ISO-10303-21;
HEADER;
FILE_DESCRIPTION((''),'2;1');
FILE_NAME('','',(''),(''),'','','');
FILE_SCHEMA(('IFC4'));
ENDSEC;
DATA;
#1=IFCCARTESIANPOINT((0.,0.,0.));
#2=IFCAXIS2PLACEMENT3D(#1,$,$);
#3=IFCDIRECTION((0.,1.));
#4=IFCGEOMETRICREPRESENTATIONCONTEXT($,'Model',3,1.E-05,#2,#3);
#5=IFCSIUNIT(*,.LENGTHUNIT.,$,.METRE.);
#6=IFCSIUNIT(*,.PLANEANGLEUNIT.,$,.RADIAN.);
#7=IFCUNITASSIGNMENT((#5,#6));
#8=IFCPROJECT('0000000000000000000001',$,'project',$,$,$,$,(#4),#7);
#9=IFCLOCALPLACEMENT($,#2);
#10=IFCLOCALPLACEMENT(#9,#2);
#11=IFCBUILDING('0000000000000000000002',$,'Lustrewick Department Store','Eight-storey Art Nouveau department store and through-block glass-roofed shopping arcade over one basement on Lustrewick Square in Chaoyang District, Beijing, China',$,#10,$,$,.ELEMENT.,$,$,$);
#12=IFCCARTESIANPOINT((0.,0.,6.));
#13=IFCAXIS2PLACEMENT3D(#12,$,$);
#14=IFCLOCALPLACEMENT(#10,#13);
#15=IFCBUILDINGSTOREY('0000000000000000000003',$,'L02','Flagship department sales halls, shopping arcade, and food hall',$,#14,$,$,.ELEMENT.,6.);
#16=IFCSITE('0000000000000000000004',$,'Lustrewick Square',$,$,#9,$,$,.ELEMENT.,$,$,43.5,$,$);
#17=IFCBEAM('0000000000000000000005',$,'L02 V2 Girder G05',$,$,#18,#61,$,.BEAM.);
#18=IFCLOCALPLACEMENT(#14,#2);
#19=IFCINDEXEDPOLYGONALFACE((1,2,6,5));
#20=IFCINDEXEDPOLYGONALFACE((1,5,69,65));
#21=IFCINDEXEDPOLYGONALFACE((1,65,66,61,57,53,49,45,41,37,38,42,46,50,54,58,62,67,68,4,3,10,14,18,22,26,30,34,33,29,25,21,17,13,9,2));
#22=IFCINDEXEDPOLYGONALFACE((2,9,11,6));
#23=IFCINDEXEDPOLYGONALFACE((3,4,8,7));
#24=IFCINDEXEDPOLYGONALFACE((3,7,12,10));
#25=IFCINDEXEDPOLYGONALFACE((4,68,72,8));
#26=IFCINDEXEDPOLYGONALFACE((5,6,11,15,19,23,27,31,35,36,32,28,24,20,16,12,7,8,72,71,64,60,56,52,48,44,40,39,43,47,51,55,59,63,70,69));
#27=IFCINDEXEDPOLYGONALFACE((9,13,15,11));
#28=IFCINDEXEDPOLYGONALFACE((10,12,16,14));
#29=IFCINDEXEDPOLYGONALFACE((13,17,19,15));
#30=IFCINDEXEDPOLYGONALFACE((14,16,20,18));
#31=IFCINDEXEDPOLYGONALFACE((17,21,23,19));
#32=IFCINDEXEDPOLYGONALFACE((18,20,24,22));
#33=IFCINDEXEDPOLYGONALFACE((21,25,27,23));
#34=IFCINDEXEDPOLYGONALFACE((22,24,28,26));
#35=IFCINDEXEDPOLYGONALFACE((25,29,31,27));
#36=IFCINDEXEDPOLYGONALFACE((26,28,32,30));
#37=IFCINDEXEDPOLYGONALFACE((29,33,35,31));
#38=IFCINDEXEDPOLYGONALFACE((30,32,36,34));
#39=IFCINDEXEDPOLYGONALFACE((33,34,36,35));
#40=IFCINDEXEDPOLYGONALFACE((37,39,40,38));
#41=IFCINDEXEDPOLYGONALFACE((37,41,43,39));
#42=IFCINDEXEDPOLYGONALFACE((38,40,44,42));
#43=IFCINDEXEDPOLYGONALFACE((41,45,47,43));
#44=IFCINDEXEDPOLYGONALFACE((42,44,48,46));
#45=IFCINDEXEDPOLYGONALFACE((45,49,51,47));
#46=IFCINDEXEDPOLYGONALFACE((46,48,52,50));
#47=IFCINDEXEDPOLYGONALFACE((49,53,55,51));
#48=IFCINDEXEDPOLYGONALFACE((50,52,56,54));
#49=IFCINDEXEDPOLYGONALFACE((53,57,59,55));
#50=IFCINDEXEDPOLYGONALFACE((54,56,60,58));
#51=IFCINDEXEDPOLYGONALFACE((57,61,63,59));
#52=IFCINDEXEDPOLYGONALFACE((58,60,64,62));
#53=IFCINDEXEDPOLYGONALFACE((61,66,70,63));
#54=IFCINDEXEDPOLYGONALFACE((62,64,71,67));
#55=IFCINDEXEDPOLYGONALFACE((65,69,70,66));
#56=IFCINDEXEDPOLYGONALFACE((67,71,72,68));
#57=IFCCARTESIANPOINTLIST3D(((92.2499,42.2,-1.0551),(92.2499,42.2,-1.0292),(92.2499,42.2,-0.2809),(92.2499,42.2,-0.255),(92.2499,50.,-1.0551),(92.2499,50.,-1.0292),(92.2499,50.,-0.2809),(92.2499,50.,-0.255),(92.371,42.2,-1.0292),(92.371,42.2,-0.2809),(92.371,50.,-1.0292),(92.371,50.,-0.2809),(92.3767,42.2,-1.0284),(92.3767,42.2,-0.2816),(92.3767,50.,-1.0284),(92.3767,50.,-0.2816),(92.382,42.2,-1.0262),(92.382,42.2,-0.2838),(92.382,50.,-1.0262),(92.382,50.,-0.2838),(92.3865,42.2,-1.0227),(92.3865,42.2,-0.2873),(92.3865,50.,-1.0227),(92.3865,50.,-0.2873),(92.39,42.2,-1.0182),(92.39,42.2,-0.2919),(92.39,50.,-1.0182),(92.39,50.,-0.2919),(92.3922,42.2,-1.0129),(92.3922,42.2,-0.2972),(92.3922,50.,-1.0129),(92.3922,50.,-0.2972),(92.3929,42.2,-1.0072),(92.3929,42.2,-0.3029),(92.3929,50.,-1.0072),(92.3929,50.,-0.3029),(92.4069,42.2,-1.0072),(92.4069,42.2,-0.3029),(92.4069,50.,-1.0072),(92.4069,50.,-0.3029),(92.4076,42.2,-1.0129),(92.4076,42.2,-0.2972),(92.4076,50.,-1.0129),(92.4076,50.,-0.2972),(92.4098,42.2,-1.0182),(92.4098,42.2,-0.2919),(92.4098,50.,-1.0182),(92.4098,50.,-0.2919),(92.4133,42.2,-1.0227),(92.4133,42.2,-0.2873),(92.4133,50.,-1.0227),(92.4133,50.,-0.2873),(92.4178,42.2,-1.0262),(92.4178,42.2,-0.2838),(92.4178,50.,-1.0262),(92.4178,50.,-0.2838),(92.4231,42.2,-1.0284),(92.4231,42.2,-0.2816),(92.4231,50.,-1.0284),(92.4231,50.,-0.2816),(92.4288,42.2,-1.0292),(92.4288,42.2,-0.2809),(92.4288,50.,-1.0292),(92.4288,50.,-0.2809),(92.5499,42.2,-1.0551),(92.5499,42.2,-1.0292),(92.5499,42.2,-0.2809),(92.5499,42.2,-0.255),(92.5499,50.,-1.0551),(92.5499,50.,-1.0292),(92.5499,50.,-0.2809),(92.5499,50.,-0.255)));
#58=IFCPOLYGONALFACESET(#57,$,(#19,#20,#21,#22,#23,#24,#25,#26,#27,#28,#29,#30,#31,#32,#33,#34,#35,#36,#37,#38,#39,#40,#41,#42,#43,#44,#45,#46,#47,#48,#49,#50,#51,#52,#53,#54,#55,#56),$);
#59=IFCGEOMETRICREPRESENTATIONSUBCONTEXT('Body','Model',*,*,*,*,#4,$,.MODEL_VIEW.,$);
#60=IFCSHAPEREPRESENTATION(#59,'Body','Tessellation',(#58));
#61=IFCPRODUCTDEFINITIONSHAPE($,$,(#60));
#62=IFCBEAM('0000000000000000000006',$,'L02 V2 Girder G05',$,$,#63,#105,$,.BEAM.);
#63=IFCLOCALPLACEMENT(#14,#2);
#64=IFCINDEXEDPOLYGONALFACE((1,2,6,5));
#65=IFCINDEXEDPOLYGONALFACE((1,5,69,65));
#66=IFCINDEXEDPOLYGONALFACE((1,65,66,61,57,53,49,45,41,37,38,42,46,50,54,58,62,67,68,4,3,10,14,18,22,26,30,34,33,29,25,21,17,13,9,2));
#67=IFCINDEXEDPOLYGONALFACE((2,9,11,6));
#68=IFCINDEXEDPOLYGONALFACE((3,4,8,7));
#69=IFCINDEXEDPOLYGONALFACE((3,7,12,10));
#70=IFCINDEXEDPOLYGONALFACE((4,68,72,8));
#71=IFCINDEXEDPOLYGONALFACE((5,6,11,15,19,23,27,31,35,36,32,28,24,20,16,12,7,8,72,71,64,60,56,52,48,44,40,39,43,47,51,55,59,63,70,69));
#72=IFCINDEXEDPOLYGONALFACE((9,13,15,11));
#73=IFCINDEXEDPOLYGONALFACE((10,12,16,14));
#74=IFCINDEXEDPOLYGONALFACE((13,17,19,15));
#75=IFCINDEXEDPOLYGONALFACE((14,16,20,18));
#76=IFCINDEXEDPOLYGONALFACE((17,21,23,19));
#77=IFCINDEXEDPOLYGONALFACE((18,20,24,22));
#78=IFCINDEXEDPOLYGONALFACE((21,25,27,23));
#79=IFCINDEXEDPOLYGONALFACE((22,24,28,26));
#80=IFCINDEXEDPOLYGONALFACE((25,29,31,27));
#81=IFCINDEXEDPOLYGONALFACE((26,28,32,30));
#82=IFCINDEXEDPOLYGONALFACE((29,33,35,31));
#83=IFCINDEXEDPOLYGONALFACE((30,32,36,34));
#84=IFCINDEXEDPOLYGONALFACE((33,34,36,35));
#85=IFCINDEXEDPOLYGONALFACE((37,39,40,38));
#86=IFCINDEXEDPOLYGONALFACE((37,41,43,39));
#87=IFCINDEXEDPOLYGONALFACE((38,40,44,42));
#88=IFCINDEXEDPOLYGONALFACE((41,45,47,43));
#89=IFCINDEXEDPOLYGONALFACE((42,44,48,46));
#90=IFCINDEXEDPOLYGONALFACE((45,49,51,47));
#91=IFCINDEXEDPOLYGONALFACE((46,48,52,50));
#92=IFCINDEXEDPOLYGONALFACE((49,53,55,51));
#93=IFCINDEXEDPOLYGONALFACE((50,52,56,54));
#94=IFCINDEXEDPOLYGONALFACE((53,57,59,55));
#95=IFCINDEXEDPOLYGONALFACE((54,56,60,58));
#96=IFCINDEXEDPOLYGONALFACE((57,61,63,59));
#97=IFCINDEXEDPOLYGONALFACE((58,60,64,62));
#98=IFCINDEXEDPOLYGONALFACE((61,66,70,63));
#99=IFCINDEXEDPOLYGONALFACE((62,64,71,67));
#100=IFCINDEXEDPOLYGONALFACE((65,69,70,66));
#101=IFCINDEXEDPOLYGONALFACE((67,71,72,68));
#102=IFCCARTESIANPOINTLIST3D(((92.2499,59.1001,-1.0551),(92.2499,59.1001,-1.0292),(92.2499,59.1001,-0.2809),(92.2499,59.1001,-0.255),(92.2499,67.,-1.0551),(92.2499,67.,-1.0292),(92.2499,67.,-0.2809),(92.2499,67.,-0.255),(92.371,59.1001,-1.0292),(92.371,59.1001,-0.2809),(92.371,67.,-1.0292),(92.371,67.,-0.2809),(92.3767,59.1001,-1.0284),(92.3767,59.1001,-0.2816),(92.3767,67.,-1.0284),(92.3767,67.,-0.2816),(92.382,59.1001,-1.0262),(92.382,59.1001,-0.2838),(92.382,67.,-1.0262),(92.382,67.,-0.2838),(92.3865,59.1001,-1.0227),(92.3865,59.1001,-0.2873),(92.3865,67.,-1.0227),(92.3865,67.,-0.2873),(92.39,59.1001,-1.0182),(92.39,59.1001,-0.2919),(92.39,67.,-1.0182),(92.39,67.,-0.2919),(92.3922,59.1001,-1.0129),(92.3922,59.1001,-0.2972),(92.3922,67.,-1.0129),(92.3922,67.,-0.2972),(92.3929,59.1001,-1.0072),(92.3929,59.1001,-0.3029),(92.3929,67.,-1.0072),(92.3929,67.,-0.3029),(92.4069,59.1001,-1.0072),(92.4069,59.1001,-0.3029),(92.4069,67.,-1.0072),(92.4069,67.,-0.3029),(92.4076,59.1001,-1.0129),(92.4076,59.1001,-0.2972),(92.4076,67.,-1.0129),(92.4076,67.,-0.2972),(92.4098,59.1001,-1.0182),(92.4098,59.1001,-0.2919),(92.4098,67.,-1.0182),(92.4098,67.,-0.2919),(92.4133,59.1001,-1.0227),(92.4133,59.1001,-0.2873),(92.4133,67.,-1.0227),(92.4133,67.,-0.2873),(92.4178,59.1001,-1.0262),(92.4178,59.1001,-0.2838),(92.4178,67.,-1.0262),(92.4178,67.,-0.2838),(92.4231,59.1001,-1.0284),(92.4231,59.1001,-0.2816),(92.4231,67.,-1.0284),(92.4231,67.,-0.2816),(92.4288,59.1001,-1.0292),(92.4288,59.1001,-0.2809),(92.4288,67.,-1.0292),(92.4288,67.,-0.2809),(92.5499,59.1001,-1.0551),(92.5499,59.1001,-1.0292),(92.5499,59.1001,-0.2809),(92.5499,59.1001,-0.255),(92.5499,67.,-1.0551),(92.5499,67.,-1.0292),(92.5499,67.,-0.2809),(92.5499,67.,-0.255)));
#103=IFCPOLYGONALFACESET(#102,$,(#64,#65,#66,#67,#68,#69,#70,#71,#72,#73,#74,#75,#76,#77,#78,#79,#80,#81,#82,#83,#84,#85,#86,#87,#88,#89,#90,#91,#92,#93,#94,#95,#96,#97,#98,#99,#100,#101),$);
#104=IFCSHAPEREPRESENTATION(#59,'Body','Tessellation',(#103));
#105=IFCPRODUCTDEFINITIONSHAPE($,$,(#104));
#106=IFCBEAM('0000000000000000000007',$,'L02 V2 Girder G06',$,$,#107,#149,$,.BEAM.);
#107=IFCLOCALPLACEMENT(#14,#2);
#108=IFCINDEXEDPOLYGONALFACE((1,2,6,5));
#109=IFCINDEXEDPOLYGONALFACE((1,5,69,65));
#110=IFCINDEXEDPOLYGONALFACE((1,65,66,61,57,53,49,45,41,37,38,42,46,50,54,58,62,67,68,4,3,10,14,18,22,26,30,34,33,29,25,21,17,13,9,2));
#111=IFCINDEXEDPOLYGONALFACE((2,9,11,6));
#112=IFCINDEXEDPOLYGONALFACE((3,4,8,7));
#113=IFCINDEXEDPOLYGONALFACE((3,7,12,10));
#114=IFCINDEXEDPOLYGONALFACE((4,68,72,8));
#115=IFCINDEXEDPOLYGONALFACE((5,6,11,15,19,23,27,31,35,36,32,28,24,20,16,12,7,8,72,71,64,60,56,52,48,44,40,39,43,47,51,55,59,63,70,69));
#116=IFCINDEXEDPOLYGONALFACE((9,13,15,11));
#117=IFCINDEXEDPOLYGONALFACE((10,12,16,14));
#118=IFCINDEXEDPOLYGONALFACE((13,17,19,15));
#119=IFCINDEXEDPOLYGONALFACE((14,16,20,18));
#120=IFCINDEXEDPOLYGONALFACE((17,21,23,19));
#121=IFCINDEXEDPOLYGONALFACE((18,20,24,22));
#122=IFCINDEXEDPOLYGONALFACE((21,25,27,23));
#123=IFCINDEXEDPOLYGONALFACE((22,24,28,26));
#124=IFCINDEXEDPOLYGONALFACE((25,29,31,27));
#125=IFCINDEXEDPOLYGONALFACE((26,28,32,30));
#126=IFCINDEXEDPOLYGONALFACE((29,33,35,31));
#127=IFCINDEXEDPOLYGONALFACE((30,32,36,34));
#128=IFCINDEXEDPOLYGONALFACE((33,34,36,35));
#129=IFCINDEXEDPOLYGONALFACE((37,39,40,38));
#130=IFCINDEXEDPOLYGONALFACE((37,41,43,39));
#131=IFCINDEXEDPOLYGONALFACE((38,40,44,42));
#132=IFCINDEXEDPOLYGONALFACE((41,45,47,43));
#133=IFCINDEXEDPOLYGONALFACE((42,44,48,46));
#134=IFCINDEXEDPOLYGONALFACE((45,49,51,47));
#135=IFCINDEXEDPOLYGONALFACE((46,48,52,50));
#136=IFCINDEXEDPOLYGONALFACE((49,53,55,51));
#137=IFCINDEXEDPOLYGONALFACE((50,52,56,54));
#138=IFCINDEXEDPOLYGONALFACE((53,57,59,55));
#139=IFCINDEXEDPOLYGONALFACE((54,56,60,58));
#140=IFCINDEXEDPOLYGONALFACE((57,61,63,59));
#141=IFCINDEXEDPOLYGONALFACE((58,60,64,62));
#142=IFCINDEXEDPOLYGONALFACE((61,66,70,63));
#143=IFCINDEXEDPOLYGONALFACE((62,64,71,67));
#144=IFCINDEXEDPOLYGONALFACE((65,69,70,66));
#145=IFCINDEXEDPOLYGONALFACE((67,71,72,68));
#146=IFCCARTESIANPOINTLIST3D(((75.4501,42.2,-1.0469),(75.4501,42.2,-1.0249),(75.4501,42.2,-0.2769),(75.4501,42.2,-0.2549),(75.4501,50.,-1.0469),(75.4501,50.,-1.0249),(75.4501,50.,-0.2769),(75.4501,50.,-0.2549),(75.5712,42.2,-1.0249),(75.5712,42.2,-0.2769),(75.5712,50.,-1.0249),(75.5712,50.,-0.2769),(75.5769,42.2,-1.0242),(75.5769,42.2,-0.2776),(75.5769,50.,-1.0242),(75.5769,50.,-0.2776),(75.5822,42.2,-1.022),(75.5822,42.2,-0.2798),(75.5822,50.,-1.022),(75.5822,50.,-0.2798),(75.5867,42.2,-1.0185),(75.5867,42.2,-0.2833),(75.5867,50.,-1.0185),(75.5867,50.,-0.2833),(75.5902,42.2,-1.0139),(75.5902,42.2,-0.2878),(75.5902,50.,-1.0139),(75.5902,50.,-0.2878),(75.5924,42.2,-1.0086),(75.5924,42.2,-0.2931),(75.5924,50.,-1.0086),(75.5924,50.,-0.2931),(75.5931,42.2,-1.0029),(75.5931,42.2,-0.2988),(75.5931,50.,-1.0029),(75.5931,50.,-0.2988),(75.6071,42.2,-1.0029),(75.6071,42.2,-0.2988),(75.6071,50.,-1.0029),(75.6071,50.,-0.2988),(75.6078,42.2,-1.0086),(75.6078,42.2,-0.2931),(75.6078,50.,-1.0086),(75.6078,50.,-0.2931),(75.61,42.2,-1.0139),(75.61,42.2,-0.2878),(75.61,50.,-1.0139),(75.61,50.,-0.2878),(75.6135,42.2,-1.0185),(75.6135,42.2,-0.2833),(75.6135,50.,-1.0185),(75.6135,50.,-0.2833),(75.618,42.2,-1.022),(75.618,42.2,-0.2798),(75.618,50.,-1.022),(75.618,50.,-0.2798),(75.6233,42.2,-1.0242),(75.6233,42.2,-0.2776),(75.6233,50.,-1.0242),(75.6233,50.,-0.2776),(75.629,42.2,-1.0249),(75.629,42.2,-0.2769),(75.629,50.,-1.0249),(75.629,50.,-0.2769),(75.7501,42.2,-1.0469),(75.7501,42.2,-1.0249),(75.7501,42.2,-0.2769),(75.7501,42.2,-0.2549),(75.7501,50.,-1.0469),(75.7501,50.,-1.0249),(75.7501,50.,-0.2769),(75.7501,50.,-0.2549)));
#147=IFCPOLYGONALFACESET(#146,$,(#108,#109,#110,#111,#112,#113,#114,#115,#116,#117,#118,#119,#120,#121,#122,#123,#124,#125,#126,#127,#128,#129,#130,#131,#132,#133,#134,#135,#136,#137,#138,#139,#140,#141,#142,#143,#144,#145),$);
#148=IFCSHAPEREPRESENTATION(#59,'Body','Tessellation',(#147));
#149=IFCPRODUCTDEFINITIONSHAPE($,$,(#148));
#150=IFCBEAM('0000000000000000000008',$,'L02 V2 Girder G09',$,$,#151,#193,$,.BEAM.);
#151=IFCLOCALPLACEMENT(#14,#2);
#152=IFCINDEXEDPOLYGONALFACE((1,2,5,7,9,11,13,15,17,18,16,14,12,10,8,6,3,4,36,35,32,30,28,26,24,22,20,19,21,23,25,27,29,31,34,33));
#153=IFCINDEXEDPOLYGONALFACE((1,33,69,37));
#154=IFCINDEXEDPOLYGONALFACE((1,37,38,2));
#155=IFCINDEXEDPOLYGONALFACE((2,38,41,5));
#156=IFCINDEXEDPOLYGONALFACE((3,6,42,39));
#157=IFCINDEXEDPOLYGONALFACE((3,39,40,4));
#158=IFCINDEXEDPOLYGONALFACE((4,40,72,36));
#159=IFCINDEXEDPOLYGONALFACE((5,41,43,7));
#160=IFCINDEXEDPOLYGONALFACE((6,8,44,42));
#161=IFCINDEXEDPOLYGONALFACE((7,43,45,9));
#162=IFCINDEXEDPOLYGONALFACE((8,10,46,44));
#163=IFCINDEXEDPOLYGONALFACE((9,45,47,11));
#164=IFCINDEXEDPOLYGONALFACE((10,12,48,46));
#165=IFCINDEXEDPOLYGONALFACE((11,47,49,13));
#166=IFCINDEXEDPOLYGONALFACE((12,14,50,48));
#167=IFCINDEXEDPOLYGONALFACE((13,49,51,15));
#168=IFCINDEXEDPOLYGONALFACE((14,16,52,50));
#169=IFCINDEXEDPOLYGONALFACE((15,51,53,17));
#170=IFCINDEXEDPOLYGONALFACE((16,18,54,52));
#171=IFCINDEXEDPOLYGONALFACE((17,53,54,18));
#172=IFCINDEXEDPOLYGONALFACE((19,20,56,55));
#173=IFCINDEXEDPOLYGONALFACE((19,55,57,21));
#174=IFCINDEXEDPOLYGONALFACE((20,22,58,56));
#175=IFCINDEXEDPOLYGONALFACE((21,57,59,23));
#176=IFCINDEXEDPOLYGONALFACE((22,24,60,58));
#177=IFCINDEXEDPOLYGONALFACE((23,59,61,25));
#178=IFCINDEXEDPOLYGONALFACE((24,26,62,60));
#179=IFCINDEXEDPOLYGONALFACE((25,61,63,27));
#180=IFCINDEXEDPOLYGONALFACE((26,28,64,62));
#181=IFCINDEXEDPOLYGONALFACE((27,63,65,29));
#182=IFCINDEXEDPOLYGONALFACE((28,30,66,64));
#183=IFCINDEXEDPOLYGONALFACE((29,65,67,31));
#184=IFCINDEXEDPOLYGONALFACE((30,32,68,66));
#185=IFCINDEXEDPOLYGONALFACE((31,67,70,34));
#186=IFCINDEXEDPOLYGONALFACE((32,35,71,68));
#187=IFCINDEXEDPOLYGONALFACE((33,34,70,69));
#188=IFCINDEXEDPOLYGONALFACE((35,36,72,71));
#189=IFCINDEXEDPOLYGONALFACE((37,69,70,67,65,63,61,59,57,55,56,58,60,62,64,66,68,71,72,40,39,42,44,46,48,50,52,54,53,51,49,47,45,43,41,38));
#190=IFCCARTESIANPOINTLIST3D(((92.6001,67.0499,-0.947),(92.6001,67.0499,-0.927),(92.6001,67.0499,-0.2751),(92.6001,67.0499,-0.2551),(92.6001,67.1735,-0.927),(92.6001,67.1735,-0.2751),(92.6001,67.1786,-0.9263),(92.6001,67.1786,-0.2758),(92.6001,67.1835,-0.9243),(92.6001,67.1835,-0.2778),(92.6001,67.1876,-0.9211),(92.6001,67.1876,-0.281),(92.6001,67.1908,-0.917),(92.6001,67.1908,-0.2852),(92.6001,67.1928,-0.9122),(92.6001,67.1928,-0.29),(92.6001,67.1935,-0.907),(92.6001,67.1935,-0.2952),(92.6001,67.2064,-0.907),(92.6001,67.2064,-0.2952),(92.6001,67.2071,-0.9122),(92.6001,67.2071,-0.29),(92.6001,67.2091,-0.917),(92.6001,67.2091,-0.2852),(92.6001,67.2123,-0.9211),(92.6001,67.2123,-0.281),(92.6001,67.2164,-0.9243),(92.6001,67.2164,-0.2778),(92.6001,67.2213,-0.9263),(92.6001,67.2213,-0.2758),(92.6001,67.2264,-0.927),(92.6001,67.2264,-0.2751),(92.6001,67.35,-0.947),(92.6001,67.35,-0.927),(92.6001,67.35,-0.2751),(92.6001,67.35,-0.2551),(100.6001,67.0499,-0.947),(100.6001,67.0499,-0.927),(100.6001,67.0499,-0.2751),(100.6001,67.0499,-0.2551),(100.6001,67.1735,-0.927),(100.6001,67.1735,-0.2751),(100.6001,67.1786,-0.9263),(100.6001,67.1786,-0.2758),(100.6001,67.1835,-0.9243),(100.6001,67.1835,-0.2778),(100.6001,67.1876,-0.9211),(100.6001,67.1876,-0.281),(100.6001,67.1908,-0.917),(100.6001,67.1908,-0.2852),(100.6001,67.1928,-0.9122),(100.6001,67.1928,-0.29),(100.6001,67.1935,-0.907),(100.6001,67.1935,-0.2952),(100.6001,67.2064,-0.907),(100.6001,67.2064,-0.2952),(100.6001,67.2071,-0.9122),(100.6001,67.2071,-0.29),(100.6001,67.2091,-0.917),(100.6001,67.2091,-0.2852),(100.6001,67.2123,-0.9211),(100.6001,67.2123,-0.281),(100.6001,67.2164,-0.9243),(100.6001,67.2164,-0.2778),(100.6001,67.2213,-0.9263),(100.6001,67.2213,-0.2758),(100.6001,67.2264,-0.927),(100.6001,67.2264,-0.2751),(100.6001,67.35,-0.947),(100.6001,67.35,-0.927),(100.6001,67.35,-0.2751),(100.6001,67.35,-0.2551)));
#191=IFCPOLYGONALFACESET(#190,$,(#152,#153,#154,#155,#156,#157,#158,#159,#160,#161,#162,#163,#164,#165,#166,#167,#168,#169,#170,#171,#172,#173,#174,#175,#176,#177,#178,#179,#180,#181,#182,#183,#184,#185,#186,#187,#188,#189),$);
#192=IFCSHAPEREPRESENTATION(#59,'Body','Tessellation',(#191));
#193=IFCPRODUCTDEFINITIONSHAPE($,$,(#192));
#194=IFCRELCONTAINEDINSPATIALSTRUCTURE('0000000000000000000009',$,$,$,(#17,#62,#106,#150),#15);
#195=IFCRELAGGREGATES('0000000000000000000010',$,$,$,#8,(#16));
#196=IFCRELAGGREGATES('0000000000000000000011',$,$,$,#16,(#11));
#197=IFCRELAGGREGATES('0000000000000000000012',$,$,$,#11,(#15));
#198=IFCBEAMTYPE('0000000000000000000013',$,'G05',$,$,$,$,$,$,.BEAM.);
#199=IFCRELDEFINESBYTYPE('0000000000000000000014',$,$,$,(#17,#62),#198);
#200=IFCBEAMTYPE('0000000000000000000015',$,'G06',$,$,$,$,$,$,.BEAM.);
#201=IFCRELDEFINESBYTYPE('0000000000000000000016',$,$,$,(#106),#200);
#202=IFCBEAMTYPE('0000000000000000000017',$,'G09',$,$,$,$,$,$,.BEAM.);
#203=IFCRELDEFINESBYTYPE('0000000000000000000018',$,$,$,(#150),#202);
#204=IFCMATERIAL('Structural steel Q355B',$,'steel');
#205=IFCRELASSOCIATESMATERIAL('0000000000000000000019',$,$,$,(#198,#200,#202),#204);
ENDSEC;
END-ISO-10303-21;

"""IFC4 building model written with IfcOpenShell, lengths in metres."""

from ifc_helpers import new_model, si_unit, direction, frame, origin, origin_2d, place, context, subcontext, project, spatial, i_section, extrude, material, material_profile, profile_set, type_object, element, save


model = new_model("IFC4")

# Units and contexts
model_context = context("Model", 3, precision=1e-05, world=origin(), true_north=direction((0.0, 1.0)))
body_context = subcontext(model_context, "Body", "Model", "MODEL_VIEW")
ifc_project = project(units=[si_unit("LENGTHUNIT", "METRE"), si_unit("PLANEANGLEUNIT", "RADIAN")], contexts=[model_context])

# Site, building, storey
site_placement = place(None, origin())
site = spatial("IfcSite", under=ifc_project, at=site_placement, Name="Lustrewick Square", CompositionType="ELEMENT", RefElevation=43.5)
building_placement = place(site_placement, origin())
building = spatial("IfcBuilding", under=site, at=building_placement, Name="Lustrewick Department Store", Description="Eight-storey Art Nouveau department store and through-block glass-roofed shopping arcade over one basement on Lustrewick Square in Chaoyang District, Beijing, China", CompositionType="ELEMENT")
storey_placement = place(building_placement, frame((0.0, 0.0, 6.0)))
storey = spatial("IfcBuildingStorey", under=building, at=storey_placement, Name="L02", Description="Flagship department sales halls, shopping arcade, and food hall", CompositionType="ELEMENT", Elevation=6.0)

# Beams
ifc_material_1 = material(Name="Structural steel Q355B", Category="steel")
ifc_material_profile_1 = material_profile(ifc_material_1, i_section(OverallWidth=0.3, OverallDepth=0.8, WebThickness=0.0139, FlangeThickness=0.0259, FilletRadius=0.022, at=origin_2d()), Name="HN 800x300x14x26")
ifc_profile_set_1 = profile_set([ifc_material_profile_1], Name="Structural steel Q355B")
beam_type_1 = type_object("IfcBeamType", Name="G05", PredefinedType="BEAM", material=ifc_profile_set_1)
beam_1_placement = place(storey_placement, frame((92.3999, 42.2, -0.655), z_axis=(0.0, 1.0, 0.0), x_axis=(-1.0, 0.0, 0.0)))
element("IfcBeam", 1, at=beam_1_placement, inside=storey, type_object=beam_type_1, Name="L02 V2 Girder G05", PredefinedType="BEAM", context=body_context, shape_type="SweptSolid", body=[
    extrude(i_section(OverallWidth=0.3, OverallDepth=0.8, WebThickness=0.0139, FlangeThickness=0.0259, FilletRadius=0.022, at=origin_2d()), origin(), (0.0, 0.0, 1.0), 7.8),
])
beam_2_placement = place(storey_placement, frame((92.3999, 59.1001, -0.655), z_axis=(0.0, 1.0, 0.0), x_axis=(-1.0, 0.0, 0.0)))
element("IfcBeam", 2, at=beam_2_placement, inside=storey, type_object=beam_type_1, Name="L02 V2 Girder G05", PredefinedType="BEAM", context=body_context, shape_type="SweptSolid", body=[
    extrude(i_section(OverallWidth=0.3, OverallDepth=0.8, WebThickness=0.0139, FlangeThickness=0.0259, FilletRadius=0.022, at=origin_2d()), origin(), (0.0, 0.0, 1.0), 7.8999),
])
ifc_material_profile_2 = material_profile(ifc_material_1, i_section(OverallWidth=0.3, OverallDepth=0.792, WebThickness=0.0139, FlangeThickness=0.022, FilletRadius=0.022, at=origin_2d()), Name="HN 792x300x14x22")
ifc_profile_set_2 = profile_set([ifc_material_profile_2], Name="Structural steel Q355B")
beam_type_2 = type_object("IfcBeamType", Name="G06", PredefinedType="BEAM", material=ifc_profile_set_2)
beam_3_placement = place(storey_placement, frame((75.6001, 42.2, -0.6509), z_axis=(0.0, 1.0, 0.0), x_axis=(-1.0, 0.0, 0.0)))
element("IfcBeam", 3, at=beam_3_placement, inside=storey, type_object=beam_type_2, Name="L02 V2 Girder G06", PredefinedType="BEAM", context=body_context, shape_type="SweptSolid", body=[
    extrude(i_section(OverallWidth=0.3, OverallDepth=0.792, WebThickness=0.0139, FlangeThickness=0.022, FilletRadius=0.022, at=origin_2d()), origin(), (0.0, 0.0, 1.0), 7.8),
])
ifc_material_profile_3 = material_profile(ifc_material_1, i_section(OverallWidth=0.3, OverallDepth=0.6919, WebThickness=0.0129, FlangeThickness=0.02, FilletRadius=0.02, at=origin_2d()), Name="HN 692x300x13x20")
ifc_profile_set_3 = profile_set([ifc_material_profile_3], Name="Structural steel Q355B")
beam_type_3 = type_object("IfcBeamType", Name="G09", PredefinedType="BEAM", material=ifc_profile_set_3)
beam_4_placement = place(storey_placement, frame((92.6001, 67.2, -0.6011), z_axis=(1.0, 0.0, 0.0), x_axis=(0.0, 1.0, 0.0)))
element("IfcBeam", 4, at=beam_4_placement, inside=storey, type_object=beam_type_3, Name="L02 V2 Girder G09", PredefinedType="BEAM", context=body_context, shape_type="SweptSolid", body=[
    extrude(i_section(OverallWidth=0.3, OverallDepth=0.6919, WebThickness=0.0129, FlangeThickness=0.02, FilletRadius=0.02, at=origin_2d()), origin(), (0.0, 0.0, 1.0), 8.0),
])

save(model, "model.ifc")
